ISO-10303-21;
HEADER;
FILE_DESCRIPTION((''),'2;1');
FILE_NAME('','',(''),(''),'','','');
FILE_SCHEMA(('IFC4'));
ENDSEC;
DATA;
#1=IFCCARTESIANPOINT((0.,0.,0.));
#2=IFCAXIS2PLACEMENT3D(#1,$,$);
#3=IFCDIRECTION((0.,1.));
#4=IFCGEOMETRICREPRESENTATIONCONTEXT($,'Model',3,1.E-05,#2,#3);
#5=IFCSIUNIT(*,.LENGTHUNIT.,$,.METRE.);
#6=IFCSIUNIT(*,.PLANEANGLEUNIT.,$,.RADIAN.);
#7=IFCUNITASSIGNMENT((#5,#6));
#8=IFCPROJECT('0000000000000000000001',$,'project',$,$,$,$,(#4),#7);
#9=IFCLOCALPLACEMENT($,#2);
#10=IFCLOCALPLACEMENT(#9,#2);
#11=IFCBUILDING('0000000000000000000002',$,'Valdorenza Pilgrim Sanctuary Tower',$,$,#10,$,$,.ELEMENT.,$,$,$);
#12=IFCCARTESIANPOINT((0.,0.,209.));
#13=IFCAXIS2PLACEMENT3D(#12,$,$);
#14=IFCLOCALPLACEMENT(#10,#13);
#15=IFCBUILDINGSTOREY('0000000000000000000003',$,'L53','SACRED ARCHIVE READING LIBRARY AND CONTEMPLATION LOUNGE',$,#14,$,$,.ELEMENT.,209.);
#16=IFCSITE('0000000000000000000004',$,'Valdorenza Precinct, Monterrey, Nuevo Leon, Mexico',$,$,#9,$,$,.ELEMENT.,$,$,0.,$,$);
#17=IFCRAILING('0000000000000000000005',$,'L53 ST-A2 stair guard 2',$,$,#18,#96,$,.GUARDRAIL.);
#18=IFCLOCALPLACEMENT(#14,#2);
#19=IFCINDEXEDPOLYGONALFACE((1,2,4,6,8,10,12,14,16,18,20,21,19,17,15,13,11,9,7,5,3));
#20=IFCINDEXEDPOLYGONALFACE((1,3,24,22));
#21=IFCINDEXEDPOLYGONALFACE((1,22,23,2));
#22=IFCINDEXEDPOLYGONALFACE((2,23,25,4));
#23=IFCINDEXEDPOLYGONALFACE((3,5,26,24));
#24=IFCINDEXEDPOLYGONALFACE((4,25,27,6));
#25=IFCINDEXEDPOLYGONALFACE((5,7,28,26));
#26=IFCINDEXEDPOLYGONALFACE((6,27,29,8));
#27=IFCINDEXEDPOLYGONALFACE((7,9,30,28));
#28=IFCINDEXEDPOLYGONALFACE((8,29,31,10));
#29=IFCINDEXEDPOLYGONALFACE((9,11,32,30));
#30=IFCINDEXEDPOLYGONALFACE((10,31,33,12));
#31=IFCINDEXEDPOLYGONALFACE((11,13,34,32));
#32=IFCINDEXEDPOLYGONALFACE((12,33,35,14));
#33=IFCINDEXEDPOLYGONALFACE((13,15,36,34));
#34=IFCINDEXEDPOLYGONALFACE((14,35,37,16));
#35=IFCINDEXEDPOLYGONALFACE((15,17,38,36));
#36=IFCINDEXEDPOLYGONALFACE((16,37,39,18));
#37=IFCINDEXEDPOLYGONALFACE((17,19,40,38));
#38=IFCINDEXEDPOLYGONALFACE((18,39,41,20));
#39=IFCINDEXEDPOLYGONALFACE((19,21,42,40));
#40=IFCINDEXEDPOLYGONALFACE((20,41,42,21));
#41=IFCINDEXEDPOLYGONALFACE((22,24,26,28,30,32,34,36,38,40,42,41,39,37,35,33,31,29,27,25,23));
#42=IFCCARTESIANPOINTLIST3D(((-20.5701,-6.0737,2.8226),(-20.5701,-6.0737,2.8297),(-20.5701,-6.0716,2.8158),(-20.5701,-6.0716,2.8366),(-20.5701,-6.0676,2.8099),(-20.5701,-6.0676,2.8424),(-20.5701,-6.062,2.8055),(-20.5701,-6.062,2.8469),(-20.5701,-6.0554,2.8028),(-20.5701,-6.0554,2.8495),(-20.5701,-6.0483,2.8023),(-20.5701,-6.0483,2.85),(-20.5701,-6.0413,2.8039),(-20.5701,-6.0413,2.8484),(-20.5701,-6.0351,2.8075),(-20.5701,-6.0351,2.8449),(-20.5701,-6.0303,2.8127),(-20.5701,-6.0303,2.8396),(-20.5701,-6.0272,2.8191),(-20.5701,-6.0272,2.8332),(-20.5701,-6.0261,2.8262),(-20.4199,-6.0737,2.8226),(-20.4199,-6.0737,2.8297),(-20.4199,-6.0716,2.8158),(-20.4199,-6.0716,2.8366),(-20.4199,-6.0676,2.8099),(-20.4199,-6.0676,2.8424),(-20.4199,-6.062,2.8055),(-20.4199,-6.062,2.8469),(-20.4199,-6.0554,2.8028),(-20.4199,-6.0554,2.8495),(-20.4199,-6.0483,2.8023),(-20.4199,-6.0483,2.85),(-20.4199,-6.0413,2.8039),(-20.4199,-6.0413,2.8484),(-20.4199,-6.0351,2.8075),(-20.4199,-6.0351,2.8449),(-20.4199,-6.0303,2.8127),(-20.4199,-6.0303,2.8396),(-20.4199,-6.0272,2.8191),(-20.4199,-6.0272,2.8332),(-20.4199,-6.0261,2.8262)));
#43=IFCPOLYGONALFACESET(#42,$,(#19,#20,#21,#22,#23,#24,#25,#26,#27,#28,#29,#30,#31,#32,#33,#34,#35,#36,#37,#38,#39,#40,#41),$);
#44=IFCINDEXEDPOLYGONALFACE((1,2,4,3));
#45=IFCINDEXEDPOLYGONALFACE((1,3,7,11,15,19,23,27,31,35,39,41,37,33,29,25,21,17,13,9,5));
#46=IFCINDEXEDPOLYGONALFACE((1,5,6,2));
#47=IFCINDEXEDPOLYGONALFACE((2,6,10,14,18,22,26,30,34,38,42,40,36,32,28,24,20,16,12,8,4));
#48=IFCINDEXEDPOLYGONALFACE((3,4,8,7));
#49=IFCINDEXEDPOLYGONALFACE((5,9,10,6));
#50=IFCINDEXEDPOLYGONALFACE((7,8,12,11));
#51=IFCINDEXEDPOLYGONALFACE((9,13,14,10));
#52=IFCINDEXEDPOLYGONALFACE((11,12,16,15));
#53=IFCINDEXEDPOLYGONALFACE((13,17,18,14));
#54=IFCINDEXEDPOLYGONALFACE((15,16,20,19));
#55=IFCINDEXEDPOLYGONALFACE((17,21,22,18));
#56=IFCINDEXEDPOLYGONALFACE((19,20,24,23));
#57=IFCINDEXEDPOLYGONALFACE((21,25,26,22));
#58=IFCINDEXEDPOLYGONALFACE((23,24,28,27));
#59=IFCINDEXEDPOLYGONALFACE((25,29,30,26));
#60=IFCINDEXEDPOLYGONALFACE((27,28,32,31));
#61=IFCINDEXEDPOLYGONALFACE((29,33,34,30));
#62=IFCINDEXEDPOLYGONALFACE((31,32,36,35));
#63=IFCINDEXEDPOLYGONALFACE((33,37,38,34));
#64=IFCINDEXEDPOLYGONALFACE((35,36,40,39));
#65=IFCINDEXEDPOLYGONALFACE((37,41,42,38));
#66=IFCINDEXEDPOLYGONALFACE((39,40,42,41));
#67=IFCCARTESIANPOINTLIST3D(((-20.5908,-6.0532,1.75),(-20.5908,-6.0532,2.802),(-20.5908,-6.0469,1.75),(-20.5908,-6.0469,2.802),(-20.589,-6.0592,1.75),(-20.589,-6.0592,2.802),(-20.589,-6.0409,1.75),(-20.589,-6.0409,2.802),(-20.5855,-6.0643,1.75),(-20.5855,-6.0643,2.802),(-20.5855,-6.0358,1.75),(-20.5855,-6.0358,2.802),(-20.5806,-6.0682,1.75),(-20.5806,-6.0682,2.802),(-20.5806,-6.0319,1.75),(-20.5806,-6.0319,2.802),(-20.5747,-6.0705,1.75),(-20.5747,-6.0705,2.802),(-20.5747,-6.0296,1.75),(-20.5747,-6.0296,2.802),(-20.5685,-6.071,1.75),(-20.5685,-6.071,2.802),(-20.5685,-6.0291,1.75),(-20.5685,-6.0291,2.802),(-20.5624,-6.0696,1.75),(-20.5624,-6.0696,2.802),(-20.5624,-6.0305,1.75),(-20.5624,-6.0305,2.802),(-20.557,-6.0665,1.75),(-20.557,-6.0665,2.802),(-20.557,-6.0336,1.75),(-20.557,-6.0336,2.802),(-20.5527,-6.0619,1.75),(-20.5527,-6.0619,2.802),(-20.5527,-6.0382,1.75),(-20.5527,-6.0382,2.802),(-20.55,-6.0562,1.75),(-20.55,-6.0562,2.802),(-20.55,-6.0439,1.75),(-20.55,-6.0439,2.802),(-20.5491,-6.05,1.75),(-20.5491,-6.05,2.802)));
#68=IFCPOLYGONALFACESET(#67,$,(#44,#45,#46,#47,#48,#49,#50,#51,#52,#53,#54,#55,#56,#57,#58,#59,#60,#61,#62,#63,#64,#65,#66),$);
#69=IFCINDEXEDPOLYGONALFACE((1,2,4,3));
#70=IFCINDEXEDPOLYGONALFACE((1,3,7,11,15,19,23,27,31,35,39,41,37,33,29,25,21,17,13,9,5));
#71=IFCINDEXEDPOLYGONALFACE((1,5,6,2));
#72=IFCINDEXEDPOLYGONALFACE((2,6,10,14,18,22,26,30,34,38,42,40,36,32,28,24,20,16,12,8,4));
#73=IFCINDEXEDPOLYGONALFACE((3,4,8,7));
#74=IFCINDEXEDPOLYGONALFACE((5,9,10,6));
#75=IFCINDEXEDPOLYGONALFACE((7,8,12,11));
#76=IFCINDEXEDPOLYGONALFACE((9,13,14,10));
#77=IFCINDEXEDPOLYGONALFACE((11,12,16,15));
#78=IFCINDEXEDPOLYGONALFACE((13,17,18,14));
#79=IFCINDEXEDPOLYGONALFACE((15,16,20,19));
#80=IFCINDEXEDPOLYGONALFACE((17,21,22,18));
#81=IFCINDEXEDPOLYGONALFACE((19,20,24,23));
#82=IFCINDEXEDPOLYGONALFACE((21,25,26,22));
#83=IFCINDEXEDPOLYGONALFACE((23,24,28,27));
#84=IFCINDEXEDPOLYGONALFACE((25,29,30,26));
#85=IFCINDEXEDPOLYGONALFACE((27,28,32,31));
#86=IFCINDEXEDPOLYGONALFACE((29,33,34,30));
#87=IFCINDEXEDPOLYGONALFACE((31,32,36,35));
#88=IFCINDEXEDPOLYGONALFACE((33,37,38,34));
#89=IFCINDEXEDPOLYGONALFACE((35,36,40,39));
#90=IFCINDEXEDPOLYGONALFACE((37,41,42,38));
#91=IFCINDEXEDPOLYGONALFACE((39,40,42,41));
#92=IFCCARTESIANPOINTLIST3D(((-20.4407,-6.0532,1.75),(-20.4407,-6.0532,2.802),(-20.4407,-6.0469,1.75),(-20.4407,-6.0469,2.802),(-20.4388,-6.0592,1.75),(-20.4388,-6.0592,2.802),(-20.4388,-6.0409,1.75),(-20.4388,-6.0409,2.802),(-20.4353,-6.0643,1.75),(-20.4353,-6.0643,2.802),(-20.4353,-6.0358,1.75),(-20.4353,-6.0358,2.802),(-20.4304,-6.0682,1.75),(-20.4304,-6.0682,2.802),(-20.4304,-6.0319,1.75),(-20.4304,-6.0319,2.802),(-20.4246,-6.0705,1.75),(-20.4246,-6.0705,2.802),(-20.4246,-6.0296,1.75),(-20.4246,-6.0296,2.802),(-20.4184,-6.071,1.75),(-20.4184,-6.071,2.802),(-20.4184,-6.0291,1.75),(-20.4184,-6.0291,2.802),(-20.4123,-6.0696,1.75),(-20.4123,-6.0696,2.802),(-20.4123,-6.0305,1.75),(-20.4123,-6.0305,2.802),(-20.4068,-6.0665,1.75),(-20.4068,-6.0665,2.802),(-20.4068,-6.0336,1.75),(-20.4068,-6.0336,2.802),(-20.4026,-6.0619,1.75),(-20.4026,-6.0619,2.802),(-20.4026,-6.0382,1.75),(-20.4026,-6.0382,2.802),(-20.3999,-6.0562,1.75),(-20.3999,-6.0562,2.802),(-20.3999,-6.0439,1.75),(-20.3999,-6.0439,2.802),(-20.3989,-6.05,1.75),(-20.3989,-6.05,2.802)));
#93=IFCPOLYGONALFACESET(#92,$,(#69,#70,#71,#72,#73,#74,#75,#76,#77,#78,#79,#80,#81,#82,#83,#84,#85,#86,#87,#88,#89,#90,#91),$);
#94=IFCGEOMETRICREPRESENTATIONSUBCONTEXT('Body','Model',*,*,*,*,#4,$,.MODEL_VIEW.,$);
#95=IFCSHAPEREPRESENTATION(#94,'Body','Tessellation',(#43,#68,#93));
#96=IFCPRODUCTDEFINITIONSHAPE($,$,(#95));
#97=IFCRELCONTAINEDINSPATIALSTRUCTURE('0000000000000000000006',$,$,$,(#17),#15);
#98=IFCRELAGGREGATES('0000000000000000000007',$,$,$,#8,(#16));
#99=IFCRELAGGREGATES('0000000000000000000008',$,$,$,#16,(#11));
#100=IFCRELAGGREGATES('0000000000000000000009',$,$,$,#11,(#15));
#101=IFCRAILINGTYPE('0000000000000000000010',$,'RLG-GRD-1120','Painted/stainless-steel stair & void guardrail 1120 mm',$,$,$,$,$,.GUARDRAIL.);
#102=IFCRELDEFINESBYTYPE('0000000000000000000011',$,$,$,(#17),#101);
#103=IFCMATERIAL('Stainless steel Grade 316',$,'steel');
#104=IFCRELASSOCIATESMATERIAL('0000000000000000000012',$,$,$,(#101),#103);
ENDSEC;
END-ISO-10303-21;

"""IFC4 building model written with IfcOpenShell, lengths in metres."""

from ifc_helpers import new_model, si_unit, direction, frame, origin, origin_2d, place, context, subcontext, project, spatial, circle, extrude, material, type_object, element, save


model = new_model("IFC4")

# Units and contexts
model_context = context("Model", 3, precision=1e-05, world=origin(), true_north=direction((0.0, 1.0)))
body_context = subcontext(model_context, "Body", "Model", "MODEL_VIEW")
ifc_project = project(units=[si_unit("LENGTHUNIT", "METRE"), si_unit("PLANEANGLEUNIT", "RADIAN")], contexts=[model_context])

# Site, building, storey
site_placement = place(None, origin())
site = spatial("IfcSite", under=ifc_project, at=site_placement, Name="Valdorenza Precinct, Monterrey, Nuevo Leon, Mexico", CompositionType="ELEMENT", RefElevation=0.0)
building_placement = place(site_placement, origin())
building = spatial("IfcBuilding", under=site, at=building_placement, Name="Valdorenza Pilgrim Sanctuary Tower", CompositionType="ELEMENT")
storey_placement = place(building_placement, frame((0.0, 0.0, 209.0)))
storey = spatial("IfcBuildingStorey", under=building, at=storey_placement, Name="L53", Description="SACRED ARCHIVE READING LIBRARY AND CONTEMPLATION LOUNGE", CompositionType="ELEMENT", Elevation=209.0)

# Railing
ifc_material_1 = material(Name="Stainless steel Grade 316", Category="steel")
railing_type_1 = type_object("IfcRailingType", Name="RLG-GRD-1120", Description="Painted/stainless-steel stair & void guardrail 1120 mm", PredefinedType="GUARDRAIL", material=ifc_material_1)
railing_1_placement = place(storey_placement, frame((-20.5701, -6.05, 1.75)))
element("IfcRailing", 1, at=railing_1_placement, inside=storey, type_object=railing_type_1, Name="L53 ST-A2 stair guard 2", PredefinedType="GUARDRAIL", context=body_context, shape_type="SweptSolid", body=[
    extrude(circle(Radius=0.0239, at=origin_2d()), frame((0.0, 0.0, 1.0762), z_axis=(1.0, 0.0, 0.0), x_axis=(0.0, 1.0, 0.0)), (0.0, 0.0, 1.0), 0.1501),
    extrude(circle(Radius=0.021, at=origin_2d()), origin(), (0.0, 0.0, 1.0), 1.052),
    extrude(circle(Radius=0.021, at=origin_2d()), frame((0.1501, 0.0, 0.0)), (0.0, 0.0, 1.0), 1.052),
])

save(model, "model.ifc")
